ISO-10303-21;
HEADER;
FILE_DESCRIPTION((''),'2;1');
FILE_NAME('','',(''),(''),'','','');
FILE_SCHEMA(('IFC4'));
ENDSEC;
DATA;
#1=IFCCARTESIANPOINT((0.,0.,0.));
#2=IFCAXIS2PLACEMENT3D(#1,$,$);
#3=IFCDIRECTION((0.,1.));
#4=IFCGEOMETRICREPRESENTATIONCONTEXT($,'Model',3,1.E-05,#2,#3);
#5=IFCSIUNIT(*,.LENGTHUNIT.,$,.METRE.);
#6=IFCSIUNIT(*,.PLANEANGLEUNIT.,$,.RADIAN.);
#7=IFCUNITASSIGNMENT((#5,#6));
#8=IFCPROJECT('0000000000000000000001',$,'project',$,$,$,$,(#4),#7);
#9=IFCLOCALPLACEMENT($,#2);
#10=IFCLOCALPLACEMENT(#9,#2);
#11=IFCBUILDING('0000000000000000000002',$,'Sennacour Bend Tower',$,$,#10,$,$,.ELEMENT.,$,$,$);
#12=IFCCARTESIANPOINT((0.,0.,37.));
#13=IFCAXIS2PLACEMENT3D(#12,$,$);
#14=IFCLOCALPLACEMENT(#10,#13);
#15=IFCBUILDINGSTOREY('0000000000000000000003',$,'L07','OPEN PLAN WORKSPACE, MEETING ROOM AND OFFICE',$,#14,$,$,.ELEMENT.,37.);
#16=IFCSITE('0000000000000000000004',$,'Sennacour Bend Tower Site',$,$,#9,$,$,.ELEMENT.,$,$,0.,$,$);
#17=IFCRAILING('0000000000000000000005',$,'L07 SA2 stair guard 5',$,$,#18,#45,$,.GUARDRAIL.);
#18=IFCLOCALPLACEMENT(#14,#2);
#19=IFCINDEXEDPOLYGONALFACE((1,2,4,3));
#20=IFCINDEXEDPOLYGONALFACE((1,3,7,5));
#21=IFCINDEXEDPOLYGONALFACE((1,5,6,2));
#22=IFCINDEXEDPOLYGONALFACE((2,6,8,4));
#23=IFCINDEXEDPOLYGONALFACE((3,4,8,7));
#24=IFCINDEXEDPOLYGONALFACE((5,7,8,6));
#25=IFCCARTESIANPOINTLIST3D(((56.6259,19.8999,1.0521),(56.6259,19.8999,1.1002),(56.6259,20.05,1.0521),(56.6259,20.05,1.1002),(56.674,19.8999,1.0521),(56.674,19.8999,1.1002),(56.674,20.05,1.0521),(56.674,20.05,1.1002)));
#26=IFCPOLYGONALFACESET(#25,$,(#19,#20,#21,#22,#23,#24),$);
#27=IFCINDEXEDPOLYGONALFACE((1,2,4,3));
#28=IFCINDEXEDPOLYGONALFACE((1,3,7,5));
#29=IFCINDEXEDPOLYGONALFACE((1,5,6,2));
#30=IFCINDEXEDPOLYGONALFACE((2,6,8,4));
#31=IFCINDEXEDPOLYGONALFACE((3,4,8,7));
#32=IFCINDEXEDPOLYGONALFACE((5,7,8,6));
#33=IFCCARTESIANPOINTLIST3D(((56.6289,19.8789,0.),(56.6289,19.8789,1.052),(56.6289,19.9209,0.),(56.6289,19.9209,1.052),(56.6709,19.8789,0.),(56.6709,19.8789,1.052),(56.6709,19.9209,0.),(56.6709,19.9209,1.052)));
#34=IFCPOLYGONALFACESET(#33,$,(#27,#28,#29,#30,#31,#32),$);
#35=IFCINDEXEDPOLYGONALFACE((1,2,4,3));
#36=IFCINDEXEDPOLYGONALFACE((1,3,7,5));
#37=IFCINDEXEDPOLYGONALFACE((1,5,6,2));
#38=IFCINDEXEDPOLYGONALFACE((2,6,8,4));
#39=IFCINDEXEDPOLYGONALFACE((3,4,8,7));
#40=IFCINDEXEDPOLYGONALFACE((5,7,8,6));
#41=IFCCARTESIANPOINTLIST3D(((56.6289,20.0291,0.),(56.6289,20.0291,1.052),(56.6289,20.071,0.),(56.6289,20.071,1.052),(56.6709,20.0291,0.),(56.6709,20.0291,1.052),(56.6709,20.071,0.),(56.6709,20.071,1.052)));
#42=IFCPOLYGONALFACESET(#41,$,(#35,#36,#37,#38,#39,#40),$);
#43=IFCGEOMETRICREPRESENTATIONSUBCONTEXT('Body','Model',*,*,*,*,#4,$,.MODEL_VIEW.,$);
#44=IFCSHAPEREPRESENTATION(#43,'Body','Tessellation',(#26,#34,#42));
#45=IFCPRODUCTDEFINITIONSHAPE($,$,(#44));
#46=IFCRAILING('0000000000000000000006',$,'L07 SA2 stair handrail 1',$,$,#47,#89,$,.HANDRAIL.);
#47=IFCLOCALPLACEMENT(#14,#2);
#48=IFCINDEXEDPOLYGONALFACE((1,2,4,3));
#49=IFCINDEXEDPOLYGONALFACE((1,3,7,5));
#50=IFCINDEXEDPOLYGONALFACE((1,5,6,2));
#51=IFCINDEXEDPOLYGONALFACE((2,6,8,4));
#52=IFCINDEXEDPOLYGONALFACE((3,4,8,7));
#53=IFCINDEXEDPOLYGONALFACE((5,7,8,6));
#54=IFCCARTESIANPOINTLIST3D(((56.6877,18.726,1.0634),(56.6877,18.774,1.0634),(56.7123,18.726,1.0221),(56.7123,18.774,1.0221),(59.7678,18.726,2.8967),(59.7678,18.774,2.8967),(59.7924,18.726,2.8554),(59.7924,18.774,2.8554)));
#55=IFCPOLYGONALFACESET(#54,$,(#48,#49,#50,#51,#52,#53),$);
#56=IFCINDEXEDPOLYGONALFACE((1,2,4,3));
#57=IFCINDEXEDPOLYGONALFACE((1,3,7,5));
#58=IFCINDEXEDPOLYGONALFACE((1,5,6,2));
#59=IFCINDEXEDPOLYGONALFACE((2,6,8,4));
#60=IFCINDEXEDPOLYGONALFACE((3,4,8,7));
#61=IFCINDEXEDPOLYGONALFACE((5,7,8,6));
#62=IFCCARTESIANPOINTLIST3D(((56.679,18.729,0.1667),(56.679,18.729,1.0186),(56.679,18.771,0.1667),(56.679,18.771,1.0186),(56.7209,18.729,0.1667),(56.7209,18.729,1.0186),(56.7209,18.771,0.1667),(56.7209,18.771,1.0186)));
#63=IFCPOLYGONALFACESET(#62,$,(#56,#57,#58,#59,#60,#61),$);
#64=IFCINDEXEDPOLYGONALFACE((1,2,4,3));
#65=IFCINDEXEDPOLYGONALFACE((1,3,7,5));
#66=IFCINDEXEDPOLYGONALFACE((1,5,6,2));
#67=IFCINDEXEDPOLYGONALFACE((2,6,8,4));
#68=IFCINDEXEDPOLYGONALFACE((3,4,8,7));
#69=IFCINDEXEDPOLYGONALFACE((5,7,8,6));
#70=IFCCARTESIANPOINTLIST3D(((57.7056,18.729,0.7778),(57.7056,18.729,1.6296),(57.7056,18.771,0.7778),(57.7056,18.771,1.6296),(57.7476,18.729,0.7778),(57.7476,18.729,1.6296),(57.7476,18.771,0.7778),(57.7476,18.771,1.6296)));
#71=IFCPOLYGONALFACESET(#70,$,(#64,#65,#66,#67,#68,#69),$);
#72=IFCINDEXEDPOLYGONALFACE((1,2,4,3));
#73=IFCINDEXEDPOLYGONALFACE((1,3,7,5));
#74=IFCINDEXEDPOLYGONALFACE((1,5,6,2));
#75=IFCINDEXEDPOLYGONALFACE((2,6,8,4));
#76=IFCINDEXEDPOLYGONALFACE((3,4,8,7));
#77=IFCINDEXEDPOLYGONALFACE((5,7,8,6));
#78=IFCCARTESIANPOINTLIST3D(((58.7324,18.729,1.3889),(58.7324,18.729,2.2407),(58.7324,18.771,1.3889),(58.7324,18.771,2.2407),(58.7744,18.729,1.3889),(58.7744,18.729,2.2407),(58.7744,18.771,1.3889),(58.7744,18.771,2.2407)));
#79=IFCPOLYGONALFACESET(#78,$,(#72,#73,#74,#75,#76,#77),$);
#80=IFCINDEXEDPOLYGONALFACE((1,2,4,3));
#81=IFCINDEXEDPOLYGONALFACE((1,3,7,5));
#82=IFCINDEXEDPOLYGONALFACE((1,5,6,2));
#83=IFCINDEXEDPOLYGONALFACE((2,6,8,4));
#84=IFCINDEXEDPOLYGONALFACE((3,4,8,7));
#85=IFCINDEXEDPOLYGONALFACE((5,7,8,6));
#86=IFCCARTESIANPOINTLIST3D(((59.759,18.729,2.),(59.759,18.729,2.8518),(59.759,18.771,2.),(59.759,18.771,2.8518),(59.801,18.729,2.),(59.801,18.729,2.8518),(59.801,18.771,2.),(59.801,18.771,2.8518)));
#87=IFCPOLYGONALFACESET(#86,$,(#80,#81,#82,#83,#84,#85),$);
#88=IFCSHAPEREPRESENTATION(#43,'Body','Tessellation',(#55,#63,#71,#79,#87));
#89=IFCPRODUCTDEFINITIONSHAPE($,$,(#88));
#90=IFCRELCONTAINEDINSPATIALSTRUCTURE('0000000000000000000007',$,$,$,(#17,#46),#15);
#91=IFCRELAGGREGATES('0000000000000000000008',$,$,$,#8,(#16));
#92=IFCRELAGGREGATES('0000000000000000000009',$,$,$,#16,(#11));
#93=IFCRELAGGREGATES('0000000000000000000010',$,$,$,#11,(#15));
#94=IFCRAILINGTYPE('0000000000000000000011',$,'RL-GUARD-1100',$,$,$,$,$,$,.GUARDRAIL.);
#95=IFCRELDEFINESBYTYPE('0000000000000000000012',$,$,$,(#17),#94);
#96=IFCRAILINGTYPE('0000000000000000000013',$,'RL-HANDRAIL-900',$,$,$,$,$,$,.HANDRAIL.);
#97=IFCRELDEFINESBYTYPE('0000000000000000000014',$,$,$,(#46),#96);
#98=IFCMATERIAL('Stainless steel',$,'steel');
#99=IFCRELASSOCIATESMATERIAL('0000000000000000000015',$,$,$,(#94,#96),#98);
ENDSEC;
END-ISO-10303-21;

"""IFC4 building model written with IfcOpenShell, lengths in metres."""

from ifc_helpers import new_model, si_unit, direction, frame, origin, origin_2d, place, context, subcontext, project, spatial, rectangle, extrude, material, type_object, element, save


model = new_model("IFC4")

# Units and contexts
model_context = context("Model", 3, precision=1e-05, world=origin(), true_north=direction((0.0, 1.0)))
body_context = subcontext(model_context, "Body", "Model", "MODEL_VIEW")
ifc_project = project(units=[si_unit("LENGTHUNIT", "METRE"), si_unit("PLANEANGLEUNIT", "RADIAN")], contexts=[model_context])

# Site, building, storey
site_placement = place(None, origin())
site = spatial("IfcSite", under=ifc_project, at=site_placement, Name="Sennacour Bend Tower Site", CompositionType="ELEMENT", RefElevation=0.0)
building_placement = place(site_placement, origin())
building = spatial("IfcBuilding", under=site, at=building_placement, Name="Sennacour Bend Tower", CompositionType="ELEMENT")
storey_placement = place(building_placement, frame((0.0, 0.0, 37.0)))
storey = spatial("IfcBuildingStorey", under=building, at=storey_placement, Name="L07", Description="OPEN PLAN WORKSPACE, MEETING ROOM AND OFFICE", CompositionType="ELEMENT", Elevation=37.0)

# Shared definitions
ifc_material_1 = material(Name="Stainless steel", Category="steel")

# Railings
railing_type_1 = type_object("IfcRailingType", Name="RL-GUARD-1100", PredefinedType="GUARDRAIL", material=ifc_material_1)
railing_1_placement = place(storey_placement, frame((56.6499, 19.8999, 0.0)))
element("IfcRailing", 1, at=railing_1_placement, inside=storey, type_object=railing_type_1, Name="L07 SA2 stair guard 5", PredefinedType="GUARDRAIL", context=body_context, shape_type="SweptSolid", body=[
    extrude(rectangle(XDim=0.0481, YDim=0.0481, at=origin_2d()), frame((0.0, 0.0, 1.0762), z_axis=(0.0, 1.0, 0.0), x_axis=(-1.0, 0.0, 0.0)), (0.0, 0.0, 1.0), 0.1501),
    extrude(rectangle(XDim=0.042, YDim=0.042, at=origin_2d()), origin(), (0.0, 0.0, 1.0), 1.052),
    extrude(rectangle(XDim=0.042, YDim=0.042, at=origin_2d()), frame((0.0, 0.1501, 0.0)), (0.0, 0.0, 1.0), 1.052),
])
railing_type_2 = type_object("IfcRailingType", Name="RL-HANDRAIL-900", PredefinedType="HANDRAIL", material=ifc_material_1)
railing_2_placement = place(storey_placement, frame((56.7, 18.75, 0.1667)))
element("IfcRailing", 2, at=railing_2_placement, inside=storey, type_object=railing_type_2, Name="L07 SA2 stair handrail 1", PredefinedType="HANDRAIL", context=body_context, shape_type="SweptSolid", body=[
    extrude(rectangle(XDim=0.0481, YDim=0.0481, at=origin_2d()), frame((0.0, 0.0, 0.876), z_axis=(0.859309, 0.0, 0.511458), x_axis=(0.0, 1.0, 0.0)), (0.0, 0.0, 1.0), 3.5845),
    extrude(rectangle(XDim=0.042, YDim=0.042, at=origin_2d()), origin(), (0.0, 0.0, 1.0), 0.8518),
    extrude(rectangle(XDim=0.042, YDim=0.042, at=origin_2d()), frame((1.0266, 0.0, 0.6111)), (0.0, 0.0, 1.0), 0.8518),
    extrude(rectangle(XDim=0.042, YDim=0.042, at=origin_2d()), frame((2.0535, 0.0, 1.2222)), (0.0, 0.0, 1.0), 0.8518),
    extrude(rectangle(XDim=0.042, YDim=0.042, at=origin_2d()), frame((3.0801, 0.0, 1.8333)), (0.0, 0.0, 1.0), 0.8518),
])

save(model, "model.ifc")
